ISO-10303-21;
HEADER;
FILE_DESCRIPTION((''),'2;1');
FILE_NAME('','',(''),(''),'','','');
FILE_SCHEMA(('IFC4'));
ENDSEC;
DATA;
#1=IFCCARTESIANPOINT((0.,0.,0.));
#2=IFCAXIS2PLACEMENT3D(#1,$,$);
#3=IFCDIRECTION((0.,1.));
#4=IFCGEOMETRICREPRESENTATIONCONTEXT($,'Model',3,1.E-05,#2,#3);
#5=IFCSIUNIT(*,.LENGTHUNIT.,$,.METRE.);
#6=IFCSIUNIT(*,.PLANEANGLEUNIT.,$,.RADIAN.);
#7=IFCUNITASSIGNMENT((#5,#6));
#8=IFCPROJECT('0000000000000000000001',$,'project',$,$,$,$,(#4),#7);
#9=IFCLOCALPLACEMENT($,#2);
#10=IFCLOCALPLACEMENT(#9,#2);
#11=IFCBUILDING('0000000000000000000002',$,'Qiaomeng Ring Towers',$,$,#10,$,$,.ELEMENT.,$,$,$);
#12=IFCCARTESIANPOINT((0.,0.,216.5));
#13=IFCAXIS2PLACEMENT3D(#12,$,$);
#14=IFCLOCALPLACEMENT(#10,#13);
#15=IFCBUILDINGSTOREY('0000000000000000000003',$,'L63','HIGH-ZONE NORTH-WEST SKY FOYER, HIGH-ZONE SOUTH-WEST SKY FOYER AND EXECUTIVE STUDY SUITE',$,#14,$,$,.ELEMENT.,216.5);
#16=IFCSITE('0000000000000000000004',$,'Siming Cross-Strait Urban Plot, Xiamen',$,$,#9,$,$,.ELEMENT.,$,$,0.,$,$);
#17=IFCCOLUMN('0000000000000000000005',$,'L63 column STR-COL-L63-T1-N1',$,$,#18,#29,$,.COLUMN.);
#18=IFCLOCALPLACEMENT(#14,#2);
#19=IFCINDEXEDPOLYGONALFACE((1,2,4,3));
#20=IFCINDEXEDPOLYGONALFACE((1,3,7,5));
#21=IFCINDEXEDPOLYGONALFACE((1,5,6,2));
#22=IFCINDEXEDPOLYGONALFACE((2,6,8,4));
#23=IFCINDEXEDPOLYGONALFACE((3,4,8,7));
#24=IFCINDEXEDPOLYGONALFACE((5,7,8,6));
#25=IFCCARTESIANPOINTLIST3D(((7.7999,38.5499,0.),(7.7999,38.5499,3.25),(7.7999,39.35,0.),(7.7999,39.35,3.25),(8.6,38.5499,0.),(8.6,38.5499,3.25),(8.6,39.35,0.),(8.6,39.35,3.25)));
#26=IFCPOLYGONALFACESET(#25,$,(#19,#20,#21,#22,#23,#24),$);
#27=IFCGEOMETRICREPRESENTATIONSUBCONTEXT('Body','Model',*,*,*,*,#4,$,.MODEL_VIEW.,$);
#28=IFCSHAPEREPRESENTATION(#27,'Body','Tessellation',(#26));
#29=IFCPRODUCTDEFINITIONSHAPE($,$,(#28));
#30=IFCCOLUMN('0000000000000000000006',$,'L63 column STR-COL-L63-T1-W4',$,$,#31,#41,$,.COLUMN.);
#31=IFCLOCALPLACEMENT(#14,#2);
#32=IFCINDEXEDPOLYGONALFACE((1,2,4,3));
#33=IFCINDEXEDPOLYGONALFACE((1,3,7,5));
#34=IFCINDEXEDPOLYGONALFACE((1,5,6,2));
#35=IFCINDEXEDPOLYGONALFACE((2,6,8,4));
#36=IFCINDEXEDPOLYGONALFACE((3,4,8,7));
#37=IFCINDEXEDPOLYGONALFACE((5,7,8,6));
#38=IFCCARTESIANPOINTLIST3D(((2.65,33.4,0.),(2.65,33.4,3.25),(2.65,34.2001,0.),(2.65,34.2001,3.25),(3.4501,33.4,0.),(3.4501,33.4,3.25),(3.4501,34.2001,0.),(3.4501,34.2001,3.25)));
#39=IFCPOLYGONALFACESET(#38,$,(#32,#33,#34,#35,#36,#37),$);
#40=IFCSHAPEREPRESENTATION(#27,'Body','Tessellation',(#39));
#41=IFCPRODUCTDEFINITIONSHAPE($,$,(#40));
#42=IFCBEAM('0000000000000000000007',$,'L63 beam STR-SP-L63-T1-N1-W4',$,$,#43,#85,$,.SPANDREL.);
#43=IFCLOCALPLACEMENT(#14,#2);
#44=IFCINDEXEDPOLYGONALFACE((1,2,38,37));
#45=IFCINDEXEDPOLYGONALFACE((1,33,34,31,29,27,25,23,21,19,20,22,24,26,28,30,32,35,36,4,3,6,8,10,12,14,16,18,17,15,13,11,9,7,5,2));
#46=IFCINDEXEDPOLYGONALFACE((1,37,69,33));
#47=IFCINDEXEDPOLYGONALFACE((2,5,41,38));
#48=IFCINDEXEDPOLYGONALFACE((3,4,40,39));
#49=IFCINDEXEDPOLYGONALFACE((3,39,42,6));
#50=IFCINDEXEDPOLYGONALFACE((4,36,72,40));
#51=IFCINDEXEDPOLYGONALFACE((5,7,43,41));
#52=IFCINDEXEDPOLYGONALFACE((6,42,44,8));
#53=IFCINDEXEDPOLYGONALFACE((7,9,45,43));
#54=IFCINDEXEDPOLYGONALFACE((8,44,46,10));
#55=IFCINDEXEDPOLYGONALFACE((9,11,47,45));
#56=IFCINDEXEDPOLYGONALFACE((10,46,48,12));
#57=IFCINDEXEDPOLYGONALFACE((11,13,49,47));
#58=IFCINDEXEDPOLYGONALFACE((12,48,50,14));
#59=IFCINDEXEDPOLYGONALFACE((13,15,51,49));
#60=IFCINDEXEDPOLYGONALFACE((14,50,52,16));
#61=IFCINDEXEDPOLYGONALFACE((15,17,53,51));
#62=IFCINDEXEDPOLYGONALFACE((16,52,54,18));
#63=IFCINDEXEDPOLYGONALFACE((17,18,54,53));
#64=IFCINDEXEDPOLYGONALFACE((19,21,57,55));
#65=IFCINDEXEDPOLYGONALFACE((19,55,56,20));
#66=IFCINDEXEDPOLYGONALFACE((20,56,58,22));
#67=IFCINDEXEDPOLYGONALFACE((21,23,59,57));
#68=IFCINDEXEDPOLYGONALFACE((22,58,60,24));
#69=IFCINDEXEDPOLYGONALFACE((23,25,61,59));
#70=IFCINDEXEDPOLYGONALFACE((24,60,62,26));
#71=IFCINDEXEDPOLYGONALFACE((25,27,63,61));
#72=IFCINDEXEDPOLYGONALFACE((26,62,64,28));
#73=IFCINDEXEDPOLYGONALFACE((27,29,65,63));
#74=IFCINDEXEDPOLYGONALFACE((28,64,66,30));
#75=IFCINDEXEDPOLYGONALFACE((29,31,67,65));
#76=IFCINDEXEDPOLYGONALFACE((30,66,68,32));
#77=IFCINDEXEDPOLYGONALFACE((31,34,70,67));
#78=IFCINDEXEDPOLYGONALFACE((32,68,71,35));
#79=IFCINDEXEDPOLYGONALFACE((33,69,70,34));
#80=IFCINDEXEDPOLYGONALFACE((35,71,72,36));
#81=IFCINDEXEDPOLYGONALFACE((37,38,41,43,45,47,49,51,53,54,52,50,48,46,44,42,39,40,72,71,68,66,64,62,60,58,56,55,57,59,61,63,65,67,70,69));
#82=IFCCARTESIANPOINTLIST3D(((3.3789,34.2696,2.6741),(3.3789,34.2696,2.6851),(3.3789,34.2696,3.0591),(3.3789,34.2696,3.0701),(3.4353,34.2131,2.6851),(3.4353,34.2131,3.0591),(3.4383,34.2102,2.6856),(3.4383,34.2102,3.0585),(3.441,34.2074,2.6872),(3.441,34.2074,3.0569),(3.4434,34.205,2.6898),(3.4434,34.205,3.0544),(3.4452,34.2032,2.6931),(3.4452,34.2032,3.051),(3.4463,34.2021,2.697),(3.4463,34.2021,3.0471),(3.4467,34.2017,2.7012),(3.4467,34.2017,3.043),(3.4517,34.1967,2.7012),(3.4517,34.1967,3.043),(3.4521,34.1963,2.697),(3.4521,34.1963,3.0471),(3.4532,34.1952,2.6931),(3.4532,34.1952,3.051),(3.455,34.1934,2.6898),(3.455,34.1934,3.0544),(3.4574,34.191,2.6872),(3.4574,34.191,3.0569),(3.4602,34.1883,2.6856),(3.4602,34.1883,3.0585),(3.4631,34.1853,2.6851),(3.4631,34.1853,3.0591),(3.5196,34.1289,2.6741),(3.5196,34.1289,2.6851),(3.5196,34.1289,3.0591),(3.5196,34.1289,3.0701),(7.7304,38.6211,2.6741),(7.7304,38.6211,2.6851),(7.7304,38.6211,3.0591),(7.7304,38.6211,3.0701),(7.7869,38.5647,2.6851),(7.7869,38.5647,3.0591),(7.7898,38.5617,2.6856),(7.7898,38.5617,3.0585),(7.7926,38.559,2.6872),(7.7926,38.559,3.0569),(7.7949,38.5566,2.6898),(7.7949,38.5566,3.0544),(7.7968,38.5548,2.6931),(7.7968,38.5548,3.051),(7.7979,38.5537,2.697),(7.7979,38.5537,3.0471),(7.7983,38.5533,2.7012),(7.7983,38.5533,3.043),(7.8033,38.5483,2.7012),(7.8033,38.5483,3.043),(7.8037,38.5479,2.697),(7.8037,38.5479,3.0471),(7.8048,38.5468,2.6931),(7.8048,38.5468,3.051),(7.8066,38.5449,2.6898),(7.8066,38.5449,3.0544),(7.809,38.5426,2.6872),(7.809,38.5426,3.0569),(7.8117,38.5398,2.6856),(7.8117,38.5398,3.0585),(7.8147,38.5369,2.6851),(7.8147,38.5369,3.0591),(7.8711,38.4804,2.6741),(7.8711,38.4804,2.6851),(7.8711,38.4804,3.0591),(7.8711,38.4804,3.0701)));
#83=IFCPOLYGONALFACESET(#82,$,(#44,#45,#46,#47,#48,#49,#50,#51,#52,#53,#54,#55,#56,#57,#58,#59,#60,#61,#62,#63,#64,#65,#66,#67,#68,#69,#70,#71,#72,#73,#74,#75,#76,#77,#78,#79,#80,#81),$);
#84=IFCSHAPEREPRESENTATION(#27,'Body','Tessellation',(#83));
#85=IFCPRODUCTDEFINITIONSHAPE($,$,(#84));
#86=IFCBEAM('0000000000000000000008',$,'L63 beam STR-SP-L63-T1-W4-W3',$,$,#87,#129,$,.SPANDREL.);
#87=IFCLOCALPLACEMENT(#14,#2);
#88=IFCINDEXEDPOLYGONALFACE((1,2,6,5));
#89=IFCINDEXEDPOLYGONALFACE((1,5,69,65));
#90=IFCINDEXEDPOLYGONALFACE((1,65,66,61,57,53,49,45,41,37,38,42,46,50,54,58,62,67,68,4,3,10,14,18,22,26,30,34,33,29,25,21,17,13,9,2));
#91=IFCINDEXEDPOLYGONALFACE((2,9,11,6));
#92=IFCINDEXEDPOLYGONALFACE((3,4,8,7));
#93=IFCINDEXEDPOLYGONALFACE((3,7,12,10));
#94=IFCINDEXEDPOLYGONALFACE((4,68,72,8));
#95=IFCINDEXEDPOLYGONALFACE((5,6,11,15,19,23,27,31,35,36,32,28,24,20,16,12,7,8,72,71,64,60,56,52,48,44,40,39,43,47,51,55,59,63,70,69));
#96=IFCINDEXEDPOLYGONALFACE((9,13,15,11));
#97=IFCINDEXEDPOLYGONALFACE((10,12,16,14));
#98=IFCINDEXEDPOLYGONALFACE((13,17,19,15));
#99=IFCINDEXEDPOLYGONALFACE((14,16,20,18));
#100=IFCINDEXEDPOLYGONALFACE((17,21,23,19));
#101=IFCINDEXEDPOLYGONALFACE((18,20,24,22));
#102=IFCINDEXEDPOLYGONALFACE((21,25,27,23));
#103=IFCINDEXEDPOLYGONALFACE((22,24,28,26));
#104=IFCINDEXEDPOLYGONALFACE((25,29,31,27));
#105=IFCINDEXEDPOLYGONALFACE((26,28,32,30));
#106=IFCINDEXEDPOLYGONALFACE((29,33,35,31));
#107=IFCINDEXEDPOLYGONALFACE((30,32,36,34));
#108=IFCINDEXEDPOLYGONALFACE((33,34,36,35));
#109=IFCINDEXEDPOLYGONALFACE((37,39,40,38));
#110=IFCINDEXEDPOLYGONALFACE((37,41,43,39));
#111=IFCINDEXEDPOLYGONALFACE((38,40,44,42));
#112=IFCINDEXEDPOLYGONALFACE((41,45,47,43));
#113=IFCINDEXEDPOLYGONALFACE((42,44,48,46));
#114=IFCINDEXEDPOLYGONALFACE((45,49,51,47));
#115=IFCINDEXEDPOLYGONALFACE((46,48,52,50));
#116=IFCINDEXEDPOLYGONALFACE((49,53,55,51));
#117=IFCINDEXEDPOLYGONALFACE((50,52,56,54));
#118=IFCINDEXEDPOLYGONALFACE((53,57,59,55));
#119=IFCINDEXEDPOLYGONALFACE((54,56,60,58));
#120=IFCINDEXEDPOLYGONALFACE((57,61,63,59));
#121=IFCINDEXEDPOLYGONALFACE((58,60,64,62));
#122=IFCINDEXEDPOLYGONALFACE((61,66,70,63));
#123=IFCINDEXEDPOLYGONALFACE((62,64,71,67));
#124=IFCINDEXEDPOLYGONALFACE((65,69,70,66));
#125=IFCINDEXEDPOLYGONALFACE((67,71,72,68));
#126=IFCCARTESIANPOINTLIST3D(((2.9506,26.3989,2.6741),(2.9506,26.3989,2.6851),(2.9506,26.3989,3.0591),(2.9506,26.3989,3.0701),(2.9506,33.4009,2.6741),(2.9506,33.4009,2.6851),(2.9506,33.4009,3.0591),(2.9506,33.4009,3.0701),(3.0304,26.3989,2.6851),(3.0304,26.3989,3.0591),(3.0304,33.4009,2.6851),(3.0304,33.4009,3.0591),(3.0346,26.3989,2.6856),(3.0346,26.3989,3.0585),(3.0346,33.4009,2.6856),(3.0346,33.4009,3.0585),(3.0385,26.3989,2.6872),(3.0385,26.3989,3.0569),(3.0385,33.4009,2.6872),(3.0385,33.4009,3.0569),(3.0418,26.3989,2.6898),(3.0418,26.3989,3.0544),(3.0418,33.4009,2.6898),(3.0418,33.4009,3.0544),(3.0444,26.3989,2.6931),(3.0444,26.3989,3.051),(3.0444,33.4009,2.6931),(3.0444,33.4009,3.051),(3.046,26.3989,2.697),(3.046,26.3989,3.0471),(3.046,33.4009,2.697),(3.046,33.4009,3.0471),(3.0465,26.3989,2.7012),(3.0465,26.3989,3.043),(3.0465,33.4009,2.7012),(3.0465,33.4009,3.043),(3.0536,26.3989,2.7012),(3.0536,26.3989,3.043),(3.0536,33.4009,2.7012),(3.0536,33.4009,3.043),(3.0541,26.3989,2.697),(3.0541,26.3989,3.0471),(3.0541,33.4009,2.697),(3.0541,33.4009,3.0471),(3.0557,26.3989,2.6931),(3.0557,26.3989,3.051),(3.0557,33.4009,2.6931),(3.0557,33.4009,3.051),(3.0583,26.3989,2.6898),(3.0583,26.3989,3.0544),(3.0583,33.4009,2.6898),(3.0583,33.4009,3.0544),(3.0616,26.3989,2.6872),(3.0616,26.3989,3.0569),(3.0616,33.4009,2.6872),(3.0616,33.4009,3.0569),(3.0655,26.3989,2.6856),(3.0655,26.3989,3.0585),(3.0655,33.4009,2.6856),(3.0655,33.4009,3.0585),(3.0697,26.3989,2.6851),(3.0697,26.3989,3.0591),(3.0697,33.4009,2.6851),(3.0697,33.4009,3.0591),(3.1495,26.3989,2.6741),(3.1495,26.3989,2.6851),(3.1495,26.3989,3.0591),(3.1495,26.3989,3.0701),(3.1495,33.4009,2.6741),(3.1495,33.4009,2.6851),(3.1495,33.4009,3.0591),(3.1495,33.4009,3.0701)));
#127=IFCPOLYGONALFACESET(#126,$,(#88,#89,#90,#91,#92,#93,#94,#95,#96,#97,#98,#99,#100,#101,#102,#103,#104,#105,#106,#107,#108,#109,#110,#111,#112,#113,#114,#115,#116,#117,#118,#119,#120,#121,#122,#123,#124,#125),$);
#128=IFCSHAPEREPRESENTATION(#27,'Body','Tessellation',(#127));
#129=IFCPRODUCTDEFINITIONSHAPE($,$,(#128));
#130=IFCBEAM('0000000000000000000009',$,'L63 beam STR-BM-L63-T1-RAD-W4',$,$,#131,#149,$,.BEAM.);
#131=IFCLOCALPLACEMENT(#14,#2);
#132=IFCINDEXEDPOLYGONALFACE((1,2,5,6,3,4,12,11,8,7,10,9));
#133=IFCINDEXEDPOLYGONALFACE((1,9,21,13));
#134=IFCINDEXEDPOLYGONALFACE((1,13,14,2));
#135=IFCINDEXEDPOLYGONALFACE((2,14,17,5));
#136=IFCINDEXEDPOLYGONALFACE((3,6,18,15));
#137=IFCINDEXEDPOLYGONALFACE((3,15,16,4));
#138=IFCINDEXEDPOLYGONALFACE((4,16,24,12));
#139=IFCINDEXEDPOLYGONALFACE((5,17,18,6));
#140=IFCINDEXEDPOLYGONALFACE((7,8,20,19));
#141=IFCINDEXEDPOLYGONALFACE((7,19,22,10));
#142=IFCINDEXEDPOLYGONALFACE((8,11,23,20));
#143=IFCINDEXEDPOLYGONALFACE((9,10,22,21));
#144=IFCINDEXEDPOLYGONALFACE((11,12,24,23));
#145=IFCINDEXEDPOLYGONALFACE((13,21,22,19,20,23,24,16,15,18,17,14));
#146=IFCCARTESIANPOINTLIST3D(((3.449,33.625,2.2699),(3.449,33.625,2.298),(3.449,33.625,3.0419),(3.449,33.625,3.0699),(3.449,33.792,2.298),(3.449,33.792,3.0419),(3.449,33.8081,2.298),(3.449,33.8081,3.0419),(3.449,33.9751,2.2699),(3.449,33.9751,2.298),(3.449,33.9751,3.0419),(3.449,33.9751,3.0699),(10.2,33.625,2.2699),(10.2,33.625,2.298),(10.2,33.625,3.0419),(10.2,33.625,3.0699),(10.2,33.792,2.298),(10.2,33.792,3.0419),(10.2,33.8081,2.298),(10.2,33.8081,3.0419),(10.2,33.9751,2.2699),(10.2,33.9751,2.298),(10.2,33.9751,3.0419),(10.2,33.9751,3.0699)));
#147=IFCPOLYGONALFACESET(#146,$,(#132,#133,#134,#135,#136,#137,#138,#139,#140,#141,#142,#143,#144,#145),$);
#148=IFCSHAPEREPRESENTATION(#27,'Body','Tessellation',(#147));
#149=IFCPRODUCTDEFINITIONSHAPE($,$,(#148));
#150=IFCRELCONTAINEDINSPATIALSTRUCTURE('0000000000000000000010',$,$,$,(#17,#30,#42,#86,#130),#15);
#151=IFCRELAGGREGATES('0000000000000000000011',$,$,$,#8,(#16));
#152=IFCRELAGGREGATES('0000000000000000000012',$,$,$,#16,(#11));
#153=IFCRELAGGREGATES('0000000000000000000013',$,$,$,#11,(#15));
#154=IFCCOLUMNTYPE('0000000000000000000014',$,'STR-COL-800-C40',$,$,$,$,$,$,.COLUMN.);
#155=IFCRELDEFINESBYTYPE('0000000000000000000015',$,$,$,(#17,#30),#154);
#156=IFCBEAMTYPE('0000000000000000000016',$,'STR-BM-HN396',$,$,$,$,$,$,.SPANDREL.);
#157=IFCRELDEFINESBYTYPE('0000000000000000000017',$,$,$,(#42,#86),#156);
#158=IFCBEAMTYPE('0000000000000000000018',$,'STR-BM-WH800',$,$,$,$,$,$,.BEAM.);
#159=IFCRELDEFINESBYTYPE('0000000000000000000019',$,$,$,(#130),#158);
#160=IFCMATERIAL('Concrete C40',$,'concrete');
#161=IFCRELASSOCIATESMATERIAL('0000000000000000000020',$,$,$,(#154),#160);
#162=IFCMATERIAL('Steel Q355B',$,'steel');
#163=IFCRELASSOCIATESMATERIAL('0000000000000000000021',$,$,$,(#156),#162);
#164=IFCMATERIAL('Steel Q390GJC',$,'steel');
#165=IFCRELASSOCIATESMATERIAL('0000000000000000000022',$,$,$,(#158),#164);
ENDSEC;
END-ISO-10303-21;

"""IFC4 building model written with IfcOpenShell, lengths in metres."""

from ifc_helpers import new_model, si_unit, direction, frame, origin, origin_2d, place, context, subcontext, project, spatial, rectangle, i_section, extrude, source, transform, mapped, material, material_profile, profile_set, type_object, element, save


model = new_model("IFC4")

# Units and contexts
model_context = context("Model", 3, precision=1e-05, world=origin(), true_north=direction((0.0, 1.0)))
body_context = subcontext(model_context, "Body", "Model", "MODEL_VIEW")
ifc_project = project(units=[si_unit("LENGTHUNIT", "METRE"), si_unit("PLANEANGLEUNIT", "RADIAN")], contexts=[model_context])

# Site, building, storey
site_placement = place(None, origin())
site = spatial("IfcSite", under=ifc_project, at=site_placement, Name="Siming Cross-Strait Urban Plot, Xiamen", CompositionType="ELEMENT", RefElevation=0.0)
building_placement = place(site_placement, origin())
building = spatial("IfcBuilding", under=site, at=building_placement, Name="Qiaomeng Ring Towers", CompositionType="ELEMENT")
storey_placement = place(building_placement, frame((0.0, 0.0, 216.5)))
storey = spatial("IfcBuildingStorey", under=building, at=storey_placement, Name="L63", Description="HIGH-ZONE NORTH-WEST SKY FOYER, HIGH-ZONE SOUTH-WEST SKY FOYER AND EXECUTIVE STUDY SUITE", CompositionType="ELEMENT", Elevation=216.5)

# Columns
ifc_material_1 = material(Name="Concrete C40", Category="concrete")
ifc_material_profile_1 = material_profile(ifc_material_1, rectangle(XDim=0.8, YDim=0.8, at=origin_2d()), Name="RC COL 800x800")
ifc_profile_set_1 = profile_set([ifc_material_profile_1], Name="Concrete C40")
column_type = type_object("IfcColumnType", Name="STR-COL-800-C40", PredefinedType="COLUMN", material=ifc_profile_set_1)
shared_shape_1 = source(origin(), body_context, "Body", "SweptSolid", [
    extrude(rectangle(XDim=0.8, YDim=0.8, at=origin_2d()), origin(), (0.0, 0.0, 1.0), 3.25),
])
for number, where, z_axis, x_axis, name in (
    (1, (8.2, 38.95, 0.0), (0.0, 0.0, 1.0), (1.0, 0.0, 0.0), "L63 column STR-COL-L63-T1-N1"),
    (2, (3.05, 33.8, 0.0), (0.0, 0.0, 1.0), (1.0, 0.0, 0.0), "L63 column STR-COL-L63-T1-W4"),
):
    element("IfcColumn", number, at=place(storey_placement, frame(where, z_axis=z_axis, x_axis=x_axis)), inside=storey, type_object=column_type, Name=name, PredefinedType="COLUMN", context=body_context, shape_type="MappedRepresentation", body=[
        mapped(shared_shape_1, transform((0.0, 0.0, 0.0), x_axis=(1.0, 0.0, 0.0), y_axis=(0.0, 1.0, 0.0), z_axis=(0.0, 0.0, 1.0), scale=1.0)),
    ])

# Beams
ifc_material_2 = material(Name="Steel Q355B", Category="steel")
ifc_material_profile_2 = material_profile(ifc_material_2, i_section(OverallWidth=0.199, OverallDepth=0.396, WebThickness=0.0071, FlangeThickness=0.011, FilletRadius=0.0161, at=origin_2d()), Name="HN 396x199x7x11")
ifc_profile_set_2 = profile_set([ifc_material_profile_2], Name="Steel Q355B")
beam_type_1 = type_object("IfcBeamType", Name="STR-BM-HN396", PredefinedType="SPANDREL", material=ifc_profile_set_2)
shared_shape_2 = source(origin(), body_context, "Body", "SweptSolid", [
    extrude(i_section(OverallWidth=0.199, OverallDepth=0.396, WebThickness=0.0071, FlangeThickness=0.011, FilletRadius=0.0161, at=origin_2d()), origin(), (0.0, 0.0, 1.0), 6.1541),
])
beam_1_placement = place(storey_placement, frame((7.8008, 38.5508, 2.8721), z_axis=(-0.707107, -0.707107, 0.0), x_axis=(0.707107, -0.707107, 0.0)))
element("IfcBeam", 3, at=beam_1_placement, inside=storey, type_object=beam_type_1, Name="L63 beam STR-SP-L63-T1-N1-W4", PredefinedType="SPANDREL", context=body_context, shape_type="MappedRepresentation", body=[
    mapped(shared_shape_2, transform((0.0, 0.0, 0.0), x_axis=(1.0, 0.0, 0.0), y_axis=(0.0, 1.0, 0.0), z_axis=(0.0, 0.0, 1.0), scale=1.0)),
])
shared_shape_3 = source(origin(), body_context, "Body", "SweptSolid", [
    extrude(i_section(OverallWidth=0.199, OverallDepth=0.396, WebThickness=0.0071, FlangeThickness=0.011, FilletRadius=0.0161, at=origin_2d()), origin(), (0.0, 0.0, 1.0), 7.002),
])
beam_2_placement = place(storey_placement, frame((3.05, 33.4009, 2.8721), z_axis=(0.0, -1.0, 0.0), x_axis=(1.0, 0.0, 0.0)))
element("IfcBeam", 4, at=beam_2_placement, inside=storey, type_object=beam_type_1, Name="L63 beam STR-SP-L63-T1-W4-W3", PredefinedType="SPANDREL", context=body_context, shape_type="MappedRepresentation", body=[
    mapped(shared_shape_3, transform((0.0, 0.0, 0.0), x_axis=(1.0, 0.0, 0.0), y_axis=(0.0, 1.0, 0.0), z_axis=(0.0, 0.0, 1.0), scale=1.0)),
])
ifc_material_3 = material(Name="Steel Q390GJC", Category="steel")
ifc_material_profile_3 = material_profile(ifc_material_3, i_section(OverallWidth=0.3501, OverallDepth=0.8, WebThickness=0.0161, FlangeThickness=0.0281, at=origin_2d()), Name="WH 800x350x16x28")
ifc_profile_set_3 = profile_set([ifc_material_profile_3], Name="Steel Q390GJC")
beam_type_2 = type_object("IfcBeamType", Name="STR-BM-WH800", PredefinedType="BEAM", material=ifc_profile_set_3)
shared_shape_4 = source(origin(), body_context, "Body", "SweptSolid", [
    extrude(i_section(OverallWidth=0.3501, OverallDepth=0.8, WebThickness=0.0161, FlangeThickness=0.0281, at=origin_2d()), origin(), (0.0, 0.0, 1.0), 6.751),
])
beam_3_placement = place(storey_placement, frame((3.449, 33.8, 2.6699), z_axis=(1.0, 0.0, 0.0), x_axis=(0.0, 1.0, 0.0)))
element("IfcBeam", 5, at=beam_3_placement, inside=storey, type_object=beam_type_2, Name="L63 beam STR-BM-L63-T1-RAD-W4", PredefinedType="BEAM", context=body_context, shape_type="MappedRepresentation", body=[
    mapped(shared_shape_4, transform((0.0, 0.0, 0.0), x_axis=(1.0, 0.0, 0.0), y_axis=(0.0, 1.0, 0.0), z_axis=(0.0, 0.0, 1.0), scale=1.0)),
])

save(model, "model.ifc")
